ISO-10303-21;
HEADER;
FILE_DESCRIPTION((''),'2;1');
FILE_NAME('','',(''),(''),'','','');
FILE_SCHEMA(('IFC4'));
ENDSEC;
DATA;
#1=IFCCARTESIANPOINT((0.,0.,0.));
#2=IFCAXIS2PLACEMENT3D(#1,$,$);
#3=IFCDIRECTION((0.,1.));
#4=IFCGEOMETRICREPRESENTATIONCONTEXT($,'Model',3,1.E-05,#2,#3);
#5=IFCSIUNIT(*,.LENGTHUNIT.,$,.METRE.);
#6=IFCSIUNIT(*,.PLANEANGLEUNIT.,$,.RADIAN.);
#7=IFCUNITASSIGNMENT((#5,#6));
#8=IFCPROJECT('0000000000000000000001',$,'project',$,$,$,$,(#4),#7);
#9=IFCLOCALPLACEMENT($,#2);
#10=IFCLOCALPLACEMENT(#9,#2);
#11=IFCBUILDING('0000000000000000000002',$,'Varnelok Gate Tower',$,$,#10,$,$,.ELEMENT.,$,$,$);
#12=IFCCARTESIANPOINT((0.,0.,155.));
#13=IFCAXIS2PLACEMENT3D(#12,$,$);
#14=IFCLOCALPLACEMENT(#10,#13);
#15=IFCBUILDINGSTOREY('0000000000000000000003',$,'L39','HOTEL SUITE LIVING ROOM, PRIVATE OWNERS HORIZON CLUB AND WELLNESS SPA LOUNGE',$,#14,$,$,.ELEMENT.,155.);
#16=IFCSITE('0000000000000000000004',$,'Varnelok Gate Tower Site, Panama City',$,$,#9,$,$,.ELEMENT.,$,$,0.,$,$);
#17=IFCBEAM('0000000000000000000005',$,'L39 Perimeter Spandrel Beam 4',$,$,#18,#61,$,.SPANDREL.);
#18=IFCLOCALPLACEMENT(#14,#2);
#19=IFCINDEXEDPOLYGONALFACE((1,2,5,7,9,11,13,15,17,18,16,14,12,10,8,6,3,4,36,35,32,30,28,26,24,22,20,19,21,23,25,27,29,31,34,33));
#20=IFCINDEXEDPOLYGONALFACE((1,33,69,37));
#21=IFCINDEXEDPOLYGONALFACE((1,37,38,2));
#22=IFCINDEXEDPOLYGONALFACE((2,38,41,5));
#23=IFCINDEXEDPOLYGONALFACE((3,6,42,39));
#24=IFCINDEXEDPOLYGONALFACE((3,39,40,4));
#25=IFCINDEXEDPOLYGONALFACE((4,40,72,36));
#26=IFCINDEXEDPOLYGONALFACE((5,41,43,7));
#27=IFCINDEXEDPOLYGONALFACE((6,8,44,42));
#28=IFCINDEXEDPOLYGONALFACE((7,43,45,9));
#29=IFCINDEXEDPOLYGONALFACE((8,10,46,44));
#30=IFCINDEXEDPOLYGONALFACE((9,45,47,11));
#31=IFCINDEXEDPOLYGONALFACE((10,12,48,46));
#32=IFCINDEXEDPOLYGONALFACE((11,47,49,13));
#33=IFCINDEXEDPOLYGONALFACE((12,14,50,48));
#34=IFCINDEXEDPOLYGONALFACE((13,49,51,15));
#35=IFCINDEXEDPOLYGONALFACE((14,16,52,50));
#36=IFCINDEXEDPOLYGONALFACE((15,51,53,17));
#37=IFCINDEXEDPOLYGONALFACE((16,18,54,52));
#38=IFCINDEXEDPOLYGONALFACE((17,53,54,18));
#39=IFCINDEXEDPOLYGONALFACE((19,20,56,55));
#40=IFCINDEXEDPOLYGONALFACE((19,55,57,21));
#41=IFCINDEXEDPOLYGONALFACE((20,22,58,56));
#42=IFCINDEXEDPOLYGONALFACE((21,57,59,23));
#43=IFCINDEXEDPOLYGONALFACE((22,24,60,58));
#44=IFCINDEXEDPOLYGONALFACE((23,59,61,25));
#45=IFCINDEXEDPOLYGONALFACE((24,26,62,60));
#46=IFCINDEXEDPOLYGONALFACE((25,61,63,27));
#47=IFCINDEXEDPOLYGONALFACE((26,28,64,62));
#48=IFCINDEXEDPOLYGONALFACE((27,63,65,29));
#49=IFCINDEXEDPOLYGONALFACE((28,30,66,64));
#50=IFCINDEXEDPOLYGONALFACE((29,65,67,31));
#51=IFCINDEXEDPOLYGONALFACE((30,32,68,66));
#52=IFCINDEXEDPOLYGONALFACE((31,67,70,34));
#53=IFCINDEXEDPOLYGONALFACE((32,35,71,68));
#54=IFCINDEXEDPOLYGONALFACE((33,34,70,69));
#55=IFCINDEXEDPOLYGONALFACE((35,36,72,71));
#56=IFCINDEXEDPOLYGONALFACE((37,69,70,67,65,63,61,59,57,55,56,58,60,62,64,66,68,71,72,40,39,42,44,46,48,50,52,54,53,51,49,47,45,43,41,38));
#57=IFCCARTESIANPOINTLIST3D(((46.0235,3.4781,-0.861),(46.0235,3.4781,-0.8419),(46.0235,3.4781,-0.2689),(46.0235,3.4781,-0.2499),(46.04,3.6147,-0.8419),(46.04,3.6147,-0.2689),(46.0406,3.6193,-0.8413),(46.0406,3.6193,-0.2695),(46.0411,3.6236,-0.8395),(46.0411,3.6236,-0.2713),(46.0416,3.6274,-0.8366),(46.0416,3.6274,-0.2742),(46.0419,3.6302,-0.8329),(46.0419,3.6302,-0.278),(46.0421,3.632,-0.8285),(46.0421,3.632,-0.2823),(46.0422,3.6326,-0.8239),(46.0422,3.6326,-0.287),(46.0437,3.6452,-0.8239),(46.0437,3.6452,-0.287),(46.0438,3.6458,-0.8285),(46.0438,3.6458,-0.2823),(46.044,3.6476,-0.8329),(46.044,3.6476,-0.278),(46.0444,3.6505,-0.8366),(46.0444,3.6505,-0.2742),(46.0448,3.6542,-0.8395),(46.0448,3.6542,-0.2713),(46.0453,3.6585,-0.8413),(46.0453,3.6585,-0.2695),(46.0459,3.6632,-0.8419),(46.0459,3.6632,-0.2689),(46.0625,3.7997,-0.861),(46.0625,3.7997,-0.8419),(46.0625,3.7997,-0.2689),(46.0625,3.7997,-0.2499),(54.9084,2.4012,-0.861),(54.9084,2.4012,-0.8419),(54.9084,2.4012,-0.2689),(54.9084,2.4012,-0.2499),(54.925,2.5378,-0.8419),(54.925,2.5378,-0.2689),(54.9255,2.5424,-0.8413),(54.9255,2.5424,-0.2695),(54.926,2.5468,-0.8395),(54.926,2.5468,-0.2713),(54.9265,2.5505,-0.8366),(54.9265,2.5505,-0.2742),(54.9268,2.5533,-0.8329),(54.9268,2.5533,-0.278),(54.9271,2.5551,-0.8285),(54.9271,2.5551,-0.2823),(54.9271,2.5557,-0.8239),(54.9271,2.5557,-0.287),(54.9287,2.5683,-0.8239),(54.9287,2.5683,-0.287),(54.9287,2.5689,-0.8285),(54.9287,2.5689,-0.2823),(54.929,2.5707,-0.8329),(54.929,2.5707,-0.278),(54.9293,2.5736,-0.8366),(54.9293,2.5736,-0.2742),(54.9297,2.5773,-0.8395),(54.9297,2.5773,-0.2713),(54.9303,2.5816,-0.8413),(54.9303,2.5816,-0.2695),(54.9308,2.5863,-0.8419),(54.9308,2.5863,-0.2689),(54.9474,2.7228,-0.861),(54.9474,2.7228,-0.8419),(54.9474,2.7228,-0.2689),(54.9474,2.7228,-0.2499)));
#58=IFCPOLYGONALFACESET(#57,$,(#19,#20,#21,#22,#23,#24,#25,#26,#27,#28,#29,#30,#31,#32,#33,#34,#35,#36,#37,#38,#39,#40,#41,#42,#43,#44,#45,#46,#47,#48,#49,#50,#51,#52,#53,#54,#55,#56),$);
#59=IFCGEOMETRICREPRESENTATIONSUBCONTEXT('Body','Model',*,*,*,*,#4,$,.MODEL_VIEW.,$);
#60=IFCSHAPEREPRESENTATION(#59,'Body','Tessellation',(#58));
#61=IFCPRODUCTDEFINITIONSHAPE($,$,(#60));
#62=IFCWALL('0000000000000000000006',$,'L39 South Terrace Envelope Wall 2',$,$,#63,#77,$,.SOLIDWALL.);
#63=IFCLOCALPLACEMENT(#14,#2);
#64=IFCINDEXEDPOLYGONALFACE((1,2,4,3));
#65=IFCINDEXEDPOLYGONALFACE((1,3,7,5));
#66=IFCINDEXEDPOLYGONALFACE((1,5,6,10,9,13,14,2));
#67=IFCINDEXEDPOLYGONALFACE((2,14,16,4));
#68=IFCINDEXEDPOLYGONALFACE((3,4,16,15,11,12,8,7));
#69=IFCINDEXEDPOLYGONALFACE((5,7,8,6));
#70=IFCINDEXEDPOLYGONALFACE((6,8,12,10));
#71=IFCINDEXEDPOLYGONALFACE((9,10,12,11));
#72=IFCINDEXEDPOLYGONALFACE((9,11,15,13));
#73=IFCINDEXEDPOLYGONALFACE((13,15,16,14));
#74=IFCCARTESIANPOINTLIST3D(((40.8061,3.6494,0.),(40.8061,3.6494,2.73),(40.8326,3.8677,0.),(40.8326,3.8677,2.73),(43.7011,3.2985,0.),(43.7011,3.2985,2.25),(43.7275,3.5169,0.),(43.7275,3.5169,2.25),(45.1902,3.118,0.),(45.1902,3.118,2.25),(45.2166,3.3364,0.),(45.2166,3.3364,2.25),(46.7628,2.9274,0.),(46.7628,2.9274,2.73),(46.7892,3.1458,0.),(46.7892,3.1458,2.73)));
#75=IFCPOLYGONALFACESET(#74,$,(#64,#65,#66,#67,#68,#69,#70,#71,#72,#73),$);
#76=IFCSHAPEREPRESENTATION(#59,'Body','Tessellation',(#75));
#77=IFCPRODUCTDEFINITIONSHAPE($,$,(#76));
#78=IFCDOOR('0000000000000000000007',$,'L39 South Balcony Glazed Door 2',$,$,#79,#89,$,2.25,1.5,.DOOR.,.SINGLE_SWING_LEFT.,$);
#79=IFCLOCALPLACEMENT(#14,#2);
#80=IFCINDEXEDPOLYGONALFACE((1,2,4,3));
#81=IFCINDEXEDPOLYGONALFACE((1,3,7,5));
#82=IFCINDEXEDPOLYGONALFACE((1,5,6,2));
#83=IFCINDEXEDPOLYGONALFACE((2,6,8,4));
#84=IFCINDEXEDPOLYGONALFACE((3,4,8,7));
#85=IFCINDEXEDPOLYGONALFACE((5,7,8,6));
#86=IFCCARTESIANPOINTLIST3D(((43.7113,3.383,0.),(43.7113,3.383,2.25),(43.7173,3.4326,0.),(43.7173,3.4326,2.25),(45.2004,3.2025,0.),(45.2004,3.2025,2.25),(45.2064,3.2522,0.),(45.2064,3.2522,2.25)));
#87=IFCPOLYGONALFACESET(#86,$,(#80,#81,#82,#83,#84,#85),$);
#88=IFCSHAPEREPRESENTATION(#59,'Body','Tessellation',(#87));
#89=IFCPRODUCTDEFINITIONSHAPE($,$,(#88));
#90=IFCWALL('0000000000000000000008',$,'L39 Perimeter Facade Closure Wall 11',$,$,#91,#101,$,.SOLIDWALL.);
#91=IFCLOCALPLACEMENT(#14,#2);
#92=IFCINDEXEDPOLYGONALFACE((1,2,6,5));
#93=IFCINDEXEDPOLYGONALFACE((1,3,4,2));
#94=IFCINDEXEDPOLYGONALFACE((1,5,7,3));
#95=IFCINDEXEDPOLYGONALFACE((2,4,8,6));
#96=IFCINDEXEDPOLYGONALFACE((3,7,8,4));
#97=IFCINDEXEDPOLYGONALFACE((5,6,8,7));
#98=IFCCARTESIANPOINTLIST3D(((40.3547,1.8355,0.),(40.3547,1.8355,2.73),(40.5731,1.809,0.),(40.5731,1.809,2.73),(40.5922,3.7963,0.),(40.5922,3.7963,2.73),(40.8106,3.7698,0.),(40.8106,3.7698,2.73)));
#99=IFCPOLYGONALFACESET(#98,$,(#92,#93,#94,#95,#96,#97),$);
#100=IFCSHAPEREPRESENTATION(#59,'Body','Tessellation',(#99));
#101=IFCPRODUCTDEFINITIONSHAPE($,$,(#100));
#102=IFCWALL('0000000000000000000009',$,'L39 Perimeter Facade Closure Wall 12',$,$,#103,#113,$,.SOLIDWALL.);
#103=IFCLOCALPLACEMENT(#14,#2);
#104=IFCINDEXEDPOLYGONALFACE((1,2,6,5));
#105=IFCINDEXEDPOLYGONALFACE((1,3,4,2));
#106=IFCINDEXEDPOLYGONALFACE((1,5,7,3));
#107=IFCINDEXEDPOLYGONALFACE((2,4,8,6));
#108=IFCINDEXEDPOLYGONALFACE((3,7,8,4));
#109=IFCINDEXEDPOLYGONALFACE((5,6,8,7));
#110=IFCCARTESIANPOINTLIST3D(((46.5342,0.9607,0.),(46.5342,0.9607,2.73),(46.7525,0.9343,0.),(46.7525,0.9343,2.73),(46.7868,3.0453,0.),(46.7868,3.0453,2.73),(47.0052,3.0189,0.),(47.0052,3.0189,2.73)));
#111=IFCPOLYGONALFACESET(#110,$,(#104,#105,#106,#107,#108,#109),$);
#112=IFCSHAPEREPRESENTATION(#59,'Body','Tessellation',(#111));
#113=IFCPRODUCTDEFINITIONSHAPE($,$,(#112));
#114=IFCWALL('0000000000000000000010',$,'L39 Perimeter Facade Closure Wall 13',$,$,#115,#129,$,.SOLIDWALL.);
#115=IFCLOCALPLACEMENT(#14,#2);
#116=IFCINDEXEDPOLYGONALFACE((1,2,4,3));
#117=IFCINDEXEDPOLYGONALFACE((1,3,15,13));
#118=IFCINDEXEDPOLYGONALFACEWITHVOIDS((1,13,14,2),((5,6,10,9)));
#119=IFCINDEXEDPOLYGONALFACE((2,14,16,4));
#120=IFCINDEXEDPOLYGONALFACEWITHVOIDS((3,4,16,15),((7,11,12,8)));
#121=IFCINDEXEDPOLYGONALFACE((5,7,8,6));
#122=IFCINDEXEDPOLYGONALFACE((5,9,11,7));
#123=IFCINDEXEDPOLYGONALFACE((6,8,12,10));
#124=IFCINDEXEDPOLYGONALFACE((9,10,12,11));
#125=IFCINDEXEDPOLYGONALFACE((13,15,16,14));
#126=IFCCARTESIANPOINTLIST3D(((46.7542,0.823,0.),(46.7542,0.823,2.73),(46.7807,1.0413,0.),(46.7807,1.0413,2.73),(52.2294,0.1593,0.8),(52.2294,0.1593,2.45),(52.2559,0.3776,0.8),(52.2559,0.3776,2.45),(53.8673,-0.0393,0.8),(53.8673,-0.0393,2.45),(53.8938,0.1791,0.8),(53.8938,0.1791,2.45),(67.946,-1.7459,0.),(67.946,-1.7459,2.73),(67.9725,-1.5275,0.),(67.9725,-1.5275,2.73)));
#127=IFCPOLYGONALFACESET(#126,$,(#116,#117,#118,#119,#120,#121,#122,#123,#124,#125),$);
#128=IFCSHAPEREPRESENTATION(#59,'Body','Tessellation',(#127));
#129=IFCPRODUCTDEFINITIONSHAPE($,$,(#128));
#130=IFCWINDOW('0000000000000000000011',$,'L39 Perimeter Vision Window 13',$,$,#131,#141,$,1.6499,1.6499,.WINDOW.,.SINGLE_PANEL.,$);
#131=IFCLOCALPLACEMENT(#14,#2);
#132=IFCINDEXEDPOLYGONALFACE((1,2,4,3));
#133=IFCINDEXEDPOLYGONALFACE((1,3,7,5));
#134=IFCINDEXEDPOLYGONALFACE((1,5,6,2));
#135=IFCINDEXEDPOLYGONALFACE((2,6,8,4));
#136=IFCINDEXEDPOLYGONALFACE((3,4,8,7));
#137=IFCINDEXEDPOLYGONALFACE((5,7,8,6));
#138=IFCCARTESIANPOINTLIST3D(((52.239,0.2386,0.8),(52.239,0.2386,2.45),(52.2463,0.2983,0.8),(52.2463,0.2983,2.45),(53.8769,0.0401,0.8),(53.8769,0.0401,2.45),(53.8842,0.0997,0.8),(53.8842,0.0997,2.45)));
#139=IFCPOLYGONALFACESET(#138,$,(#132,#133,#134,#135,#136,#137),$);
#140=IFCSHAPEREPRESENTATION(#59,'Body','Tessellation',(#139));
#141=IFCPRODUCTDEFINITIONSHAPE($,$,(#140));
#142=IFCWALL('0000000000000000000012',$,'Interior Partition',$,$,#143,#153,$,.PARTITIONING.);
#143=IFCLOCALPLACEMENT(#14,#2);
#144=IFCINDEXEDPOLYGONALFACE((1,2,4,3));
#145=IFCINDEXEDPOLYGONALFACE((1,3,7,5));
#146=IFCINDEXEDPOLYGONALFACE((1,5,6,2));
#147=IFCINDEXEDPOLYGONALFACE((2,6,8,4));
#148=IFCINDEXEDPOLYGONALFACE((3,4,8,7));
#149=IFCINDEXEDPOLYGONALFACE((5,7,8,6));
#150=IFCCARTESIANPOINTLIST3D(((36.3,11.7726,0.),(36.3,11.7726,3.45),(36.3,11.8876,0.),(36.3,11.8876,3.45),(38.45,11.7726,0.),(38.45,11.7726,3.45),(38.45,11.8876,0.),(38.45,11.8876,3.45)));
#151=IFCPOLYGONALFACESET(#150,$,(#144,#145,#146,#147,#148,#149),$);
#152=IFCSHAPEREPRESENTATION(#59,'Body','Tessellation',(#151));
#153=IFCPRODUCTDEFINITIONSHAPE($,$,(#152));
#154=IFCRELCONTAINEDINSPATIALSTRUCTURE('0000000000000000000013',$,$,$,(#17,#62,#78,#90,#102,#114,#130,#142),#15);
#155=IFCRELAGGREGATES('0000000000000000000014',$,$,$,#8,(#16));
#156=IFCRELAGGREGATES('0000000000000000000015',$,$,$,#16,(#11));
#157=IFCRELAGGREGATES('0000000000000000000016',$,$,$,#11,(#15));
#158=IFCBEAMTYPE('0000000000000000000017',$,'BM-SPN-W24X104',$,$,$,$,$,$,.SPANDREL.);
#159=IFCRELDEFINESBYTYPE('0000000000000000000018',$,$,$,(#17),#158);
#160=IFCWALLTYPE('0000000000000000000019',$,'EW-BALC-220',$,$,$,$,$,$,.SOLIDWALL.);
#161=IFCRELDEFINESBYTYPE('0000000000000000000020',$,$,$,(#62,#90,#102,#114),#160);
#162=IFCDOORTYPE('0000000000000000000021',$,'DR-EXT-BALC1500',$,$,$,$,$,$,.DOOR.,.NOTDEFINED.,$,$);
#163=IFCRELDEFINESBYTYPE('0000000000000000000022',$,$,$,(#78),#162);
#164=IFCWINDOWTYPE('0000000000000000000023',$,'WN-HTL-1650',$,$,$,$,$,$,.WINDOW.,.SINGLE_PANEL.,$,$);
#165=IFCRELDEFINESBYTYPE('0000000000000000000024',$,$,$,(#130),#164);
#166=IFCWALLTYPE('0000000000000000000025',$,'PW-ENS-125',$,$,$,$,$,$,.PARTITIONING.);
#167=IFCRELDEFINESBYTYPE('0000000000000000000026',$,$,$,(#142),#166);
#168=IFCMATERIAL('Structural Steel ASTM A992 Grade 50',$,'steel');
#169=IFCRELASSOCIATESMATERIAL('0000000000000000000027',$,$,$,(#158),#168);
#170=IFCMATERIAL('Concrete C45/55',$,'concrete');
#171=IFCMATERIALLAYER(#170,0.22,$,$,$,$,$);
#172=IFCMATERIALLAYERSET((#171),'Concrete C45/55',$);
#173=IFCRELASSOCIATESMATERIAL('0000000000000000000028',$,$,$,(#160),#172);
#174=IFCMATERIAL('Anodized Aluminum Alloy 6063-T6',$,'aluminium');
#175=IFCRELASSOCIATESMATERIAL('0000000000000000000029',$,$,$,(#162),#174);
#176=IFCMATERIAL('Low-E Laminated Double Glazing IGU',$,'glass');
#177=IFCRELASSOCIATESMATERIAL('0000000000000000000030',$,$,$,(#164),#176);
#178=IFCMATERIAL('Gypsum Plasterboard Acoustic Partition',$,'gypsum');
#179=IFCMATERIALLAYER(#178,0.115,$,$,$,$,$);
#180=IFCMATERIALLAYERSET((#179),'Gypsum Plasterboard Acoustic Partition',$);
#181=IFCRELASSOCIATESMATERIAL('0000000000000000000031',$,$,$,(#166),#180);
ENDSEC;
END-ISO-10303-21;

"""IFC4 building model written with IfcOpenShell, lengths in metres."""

from ifc_helpers import new_model, si_unit, direction, frame, frame_2d, origin, origin_2d, place, context, subcontext, project, spatial, rectangle, i_section, extrude, material, layer, layer_set, material_profile, profile_set, type_object, element, fill, save


model = new_model("IFC4")

# Units and contexts
model_context = context("Model", 3, precision=1e-05, world=origin(), true_north=direction((0.0, 1.0)))
body_context = subcontext(model_context, "Body", "Model", "MODEL_VIEW")
ifc_project = project(units=[si_unit("LENGTHUNIT", "METRE"), si_unit("PLANEANGLEUNIT", "RADIAN")], contexts=[model_context])

# Site, building, storey
site_placement = place(None, origin())
site = spatial("IfcSite", under=ifc_project, at=site_placement, Name="Varnelok Gate Tower Site, Panama City", CompositionType="ELEMENT", RefElevation=0.0)
building_placement = place(site_placement, origin())
building = spatial("IfcBuilding", under=site, at=building_placement, Name="Varnelok Gate Tower", CompositionType="ELEMENT")
storey_placement = place(building_placement, frame((0.0, 0.0, 155.0)))
storey = spatial("IfcBuildingStorey", under=building, at=storey_placement, Name="L39", Description="HOTEL SUITE LIVING ROOM, PRIVATE OWNERS HORIZON CLUB AND WELLNESS SPA LOUNGE", CompositionType="ELEMENT", Elevation=155.0)

# Shared definitions
ifc_material_1 = material(Name="Structural Steel ASTM A992 Grade 50", Category="steel")

# Beam
ifc_material_profile_1 = material_profile(ifc_material_1, i_section(OverallWidth=0.324, OverallDepth=0.6111, WebThickness=0.0127, FlangeThickness=0.019, FilletRadius=0.0181, at=origin_2d()), Name="W24X104")
ifc_profile_set_1 = profile_set([ifc_material_profile_1], Name="Structural Steel ASTM A992 Grade 50")
beam_type_1 = type_object("IfcBeamType", Name="BM-SPN-W24X104", PredefinedType="SPANDREL", material=ifc_profile_set_1)
for number, where, z_axis, x_axis, name in (
    (1, (46.043, 3.6389, -0.5554), (0.992735, -0.120324, 0.0), (0.120324, 0.992735, 0.0), "L39 Perimeter Spandrel Beam 4"),
):
    element("IfcBeam", number, at=place(storey_placement, frame(where, z_axis=z_axis, x_axis=x_axis)), inside=storey, type_object=beam_type_1, Name=name, PredefinedType="SPANDREL", context=body_context, shape_type="SweptSolid", body=[
        extrude(i_section(OverallWidth=0.324, OverallDepth=0.6111, WebThickness=0.0127, FlangeThickness=0.019, FilletRadius=0.0181, at=origin_2d()), origin(), (0.0, 0.0, 1.0), 8.95),
    ])

# Wall, opening, door
ifc_material_2 = material(Name="Concrete C45/55", Category="concrete")
ifc_layer_1 = layer(ifc_material_2, 0.22)
ifc_layer_set_1 = layer_set([ifc_layer_1], Name="Concrete C45/55")
wall_type_1 = type_object("IfcWallType", Name="EW-BALC-220", PredefinedType="SOLIDWALL", material=ifc_layer_set_1)
wall_1_placement = place(storey_placement, frame((46.7759, 3.0366, 0.0), z_axis=(0.0, 0.0, 1.0), x_axis=(-0.992735, 0.120318, 0.0)))
wall_1 = element("IfcWall", 2, at=wall_1_placement, inside=storey, type_object=wall_type_1, Name="L39 South Terrace Envelope Wall 2", PredefinedType="SOLIDWALL", context=body_context, shape_type="SweptSolid", body=[
    extrude(rectangle(XDim=6.0002, YDim=0.22, at=frame_2d((3.0, 0.0))), origin(), (0.0, 0.0, 1.0), 2.73),
])
opening_1_placement = place(wall_1_placement, frame((1.584, 0.0, 0.0)))
opening_1 = element("IfcOpeningElement", 3, at=opening_1_placement, cuts=wall_1, PredefinedType="OPENING", context=body_context, shape_type="SweptSolid", body=[
    extrude(rectangle(XDim=1.5, YDim=2.25, at=frame_2d((0.75, 1.125))), frame((0.0, 0.1199, 0.0), z_axis=(0.0, -1.0, 0.0), x_axis=(1.0, 0.0, 0.0)), (0.0, 0.0, 1.0), 0.24),
])
ifc_material_3 = material(Name="Anodized Aluminum Alloy 6063-T6", Category="aluminium")
door_type_1 = type_object("IfcDoorType", Name="DR-EXT-BALC1500", OperationType="NOTDEFINED", PredefinedType="DOOR", material=ifc_material_3)
door_1_placement = place(opening_1_placement, origin())
door_1 = element("IfcDoor", 4, at=door_1_placement, inside=storey, type_object=door_type_1, Name="L39 South Balcony Glazed Door 2", OperationType="SINGLE_SWING_LEFT", OverallHeight=2.25, OverallWidth=1.5, PredefinedType="DOOR", context=body_context, shape_type="SweptSolid", body=[
    extrude(rectangle(XDim=1.5, YDim=2.25, at=frame_2d((0.75, 1.125))), frame((0.0, 0.0249, 0.0), z_axis=(0.0, -1.0, 0.0), x_axis=(1.0, 0.0, 0.0)), (0.0, 0.0, 1.0), 0.05),
])
fill(opening_1, door_1)

# Walls
wall_2_placement = place(storey_placement, frame((40.4639, 1.8223, 0.0), z_axis=(0.0, 0.0, 1.0), x_axis=(0.120276, 0.99274, 0.0)))
element("IfcWall", 5, at=wall_2_placement, inside=storey, type_object=wall_type_1, Name="L39 Perimeter Facade Closure Wall 11", PredefinedType="SOLIDWALL", context=body_context, shape_type="SweptSolid", body=[
    extrude(rectangle(XDim=1.9751, YDim=0.22, at=frame_2d((0.9875, 0.0))), origin(), (0.0, 0.0, 1.0), 2.73),
])
wall_3_placement = place(storey_placement, frame((46.896, 3.032, 0.0), z_axis=(0.0, 0.0, 1.0), x_axis=(-0.120328, -0.992734, 0.0)))
element("IfcWall", 6, at=wall_3_placement, inside=storey, type_object=wall_type_1, Name="L39 Perimeter Facade Closure Wall 12", PredefinedType="SOLIDWALL", context=body_context, shape_type="SweptSolid", body=[
    extrude(rectangle(XDim=2.0999, YDim=0.22, at=frame_2d((1.0498, 0.0))), origin(), (0.0, 0.0, 1.0), 2.73),
])

# Wall, opening, window
wall_4_placement = place(storey_placement, frame((46.7676, 0.9321, 0.0), z_axis=(0.0, 0.0, 1.0), x_axis=(0.992733, -0.120338, 0.0)))
wall_4 = element("IfcWall", 7, at=wall_4_placement, inside=storey, type_object=wall_type_1, Name="L39 Perimeter Facade Closure Wall 13", PredefinedType="SOLIDWALL", context=body_context, shape_type="SweptSolid", body=[
    extrude(rectangle(XDim=21.3469, YDim=0.22, at=frame_2d((10.6733, 0.0))), origin(), (0.0, 0.0, 1.0), 2.73),
])
opening_2_placement = place(wall_4_placement, frame((5.5151, 0.0, 0.8)))
opening_2 = element("IfcOpeningElement", 8, at=opening_2_placement, cuts=wall_4, PredefinedType="OPENING", context=body_context, shape_type="SweptSolid", body=[
    extrude(rectangle(XDim=1.6499, YDim=1.6499, at=frame_2d((0.825, 0.825))), frame((0.0, 0.1199, 0.0), z_axis=(0.0, -1.0, 0.0), x_axis=(1.0, 0.0, 0.0)), (0.0, 0.0, 1.0), 0.24),
])
ifc_material_4 = material(Name="Low-E Laminated Double Glazing IGU", Category="glass")
window_type = type_object("IfcWindowType", Name="WN-HTL-1650", PartitioningType="SINGLE_PANEL", PredefinedType="WINDOW", material=ifc_material_4)
window_placement = place(opening_2_placement, origin())
window = element("IfcWindow", 9, at=window_placement, inside=storey, type_object=window_type, Name="L39 Perimeter Vision Window 13", OverallHeight=1.6499, OverallWidth=1.6499, PartitioningType="SINGLE_PANEL", PredefinedType="WINDOW", context=body_context, shape_type="SweptSolid", body=[
    extrude(rectangle(XDim=1.6499, YDim=1.6499, at=frame_2d((0.825, 0.825))), frame((0.0, 0.03, 0.0), z_axis=(0.0, -1.0, 0.0), x_axis=(1.0, 0.0, 0.0)), (0.0, 0.0, 1.0), 0.0601),
])
fill(opening_2, window)

# Wall
ifc_material_5 = material(Name="Gypsum Plasterboard Acoustic Partition", Category="gypsum")
ifc_layer_2 = layer(ifc_material_5, 0.115)
ifc_layer_set_2 = layer_set([ifc_layer_2], Name="Gypsum Plasterboard Acoustic Partition")
wall_type_2 = type_object("IfcWallType", Name="PW-ENS-125", PredefinedType="PARTITIONING", material=ifc_layer_set_2)
wall_5_placement = place(storey_placement, frame((36.3, 11.8301, 0.0), z_axis=(0.0, 0.0, 1.0), x_axis=(1.0, 0.0, 0.0)))
element("IfcWall", 10, at=wall_5_placement, inside=storey, type_object=wall_type_2, Name="Interior Partition", PredefinedType="PARTITIONING", context=body_context, shape_type="SweptSolid", body=[
    extrude(rectangle(XDim=2.1499, YDim=0.115, at=frame_2d((1.075, 0.0))), origin(), (0.0, 0.0, 1.0), 3.45),
])

save(model, "model.ifc")
